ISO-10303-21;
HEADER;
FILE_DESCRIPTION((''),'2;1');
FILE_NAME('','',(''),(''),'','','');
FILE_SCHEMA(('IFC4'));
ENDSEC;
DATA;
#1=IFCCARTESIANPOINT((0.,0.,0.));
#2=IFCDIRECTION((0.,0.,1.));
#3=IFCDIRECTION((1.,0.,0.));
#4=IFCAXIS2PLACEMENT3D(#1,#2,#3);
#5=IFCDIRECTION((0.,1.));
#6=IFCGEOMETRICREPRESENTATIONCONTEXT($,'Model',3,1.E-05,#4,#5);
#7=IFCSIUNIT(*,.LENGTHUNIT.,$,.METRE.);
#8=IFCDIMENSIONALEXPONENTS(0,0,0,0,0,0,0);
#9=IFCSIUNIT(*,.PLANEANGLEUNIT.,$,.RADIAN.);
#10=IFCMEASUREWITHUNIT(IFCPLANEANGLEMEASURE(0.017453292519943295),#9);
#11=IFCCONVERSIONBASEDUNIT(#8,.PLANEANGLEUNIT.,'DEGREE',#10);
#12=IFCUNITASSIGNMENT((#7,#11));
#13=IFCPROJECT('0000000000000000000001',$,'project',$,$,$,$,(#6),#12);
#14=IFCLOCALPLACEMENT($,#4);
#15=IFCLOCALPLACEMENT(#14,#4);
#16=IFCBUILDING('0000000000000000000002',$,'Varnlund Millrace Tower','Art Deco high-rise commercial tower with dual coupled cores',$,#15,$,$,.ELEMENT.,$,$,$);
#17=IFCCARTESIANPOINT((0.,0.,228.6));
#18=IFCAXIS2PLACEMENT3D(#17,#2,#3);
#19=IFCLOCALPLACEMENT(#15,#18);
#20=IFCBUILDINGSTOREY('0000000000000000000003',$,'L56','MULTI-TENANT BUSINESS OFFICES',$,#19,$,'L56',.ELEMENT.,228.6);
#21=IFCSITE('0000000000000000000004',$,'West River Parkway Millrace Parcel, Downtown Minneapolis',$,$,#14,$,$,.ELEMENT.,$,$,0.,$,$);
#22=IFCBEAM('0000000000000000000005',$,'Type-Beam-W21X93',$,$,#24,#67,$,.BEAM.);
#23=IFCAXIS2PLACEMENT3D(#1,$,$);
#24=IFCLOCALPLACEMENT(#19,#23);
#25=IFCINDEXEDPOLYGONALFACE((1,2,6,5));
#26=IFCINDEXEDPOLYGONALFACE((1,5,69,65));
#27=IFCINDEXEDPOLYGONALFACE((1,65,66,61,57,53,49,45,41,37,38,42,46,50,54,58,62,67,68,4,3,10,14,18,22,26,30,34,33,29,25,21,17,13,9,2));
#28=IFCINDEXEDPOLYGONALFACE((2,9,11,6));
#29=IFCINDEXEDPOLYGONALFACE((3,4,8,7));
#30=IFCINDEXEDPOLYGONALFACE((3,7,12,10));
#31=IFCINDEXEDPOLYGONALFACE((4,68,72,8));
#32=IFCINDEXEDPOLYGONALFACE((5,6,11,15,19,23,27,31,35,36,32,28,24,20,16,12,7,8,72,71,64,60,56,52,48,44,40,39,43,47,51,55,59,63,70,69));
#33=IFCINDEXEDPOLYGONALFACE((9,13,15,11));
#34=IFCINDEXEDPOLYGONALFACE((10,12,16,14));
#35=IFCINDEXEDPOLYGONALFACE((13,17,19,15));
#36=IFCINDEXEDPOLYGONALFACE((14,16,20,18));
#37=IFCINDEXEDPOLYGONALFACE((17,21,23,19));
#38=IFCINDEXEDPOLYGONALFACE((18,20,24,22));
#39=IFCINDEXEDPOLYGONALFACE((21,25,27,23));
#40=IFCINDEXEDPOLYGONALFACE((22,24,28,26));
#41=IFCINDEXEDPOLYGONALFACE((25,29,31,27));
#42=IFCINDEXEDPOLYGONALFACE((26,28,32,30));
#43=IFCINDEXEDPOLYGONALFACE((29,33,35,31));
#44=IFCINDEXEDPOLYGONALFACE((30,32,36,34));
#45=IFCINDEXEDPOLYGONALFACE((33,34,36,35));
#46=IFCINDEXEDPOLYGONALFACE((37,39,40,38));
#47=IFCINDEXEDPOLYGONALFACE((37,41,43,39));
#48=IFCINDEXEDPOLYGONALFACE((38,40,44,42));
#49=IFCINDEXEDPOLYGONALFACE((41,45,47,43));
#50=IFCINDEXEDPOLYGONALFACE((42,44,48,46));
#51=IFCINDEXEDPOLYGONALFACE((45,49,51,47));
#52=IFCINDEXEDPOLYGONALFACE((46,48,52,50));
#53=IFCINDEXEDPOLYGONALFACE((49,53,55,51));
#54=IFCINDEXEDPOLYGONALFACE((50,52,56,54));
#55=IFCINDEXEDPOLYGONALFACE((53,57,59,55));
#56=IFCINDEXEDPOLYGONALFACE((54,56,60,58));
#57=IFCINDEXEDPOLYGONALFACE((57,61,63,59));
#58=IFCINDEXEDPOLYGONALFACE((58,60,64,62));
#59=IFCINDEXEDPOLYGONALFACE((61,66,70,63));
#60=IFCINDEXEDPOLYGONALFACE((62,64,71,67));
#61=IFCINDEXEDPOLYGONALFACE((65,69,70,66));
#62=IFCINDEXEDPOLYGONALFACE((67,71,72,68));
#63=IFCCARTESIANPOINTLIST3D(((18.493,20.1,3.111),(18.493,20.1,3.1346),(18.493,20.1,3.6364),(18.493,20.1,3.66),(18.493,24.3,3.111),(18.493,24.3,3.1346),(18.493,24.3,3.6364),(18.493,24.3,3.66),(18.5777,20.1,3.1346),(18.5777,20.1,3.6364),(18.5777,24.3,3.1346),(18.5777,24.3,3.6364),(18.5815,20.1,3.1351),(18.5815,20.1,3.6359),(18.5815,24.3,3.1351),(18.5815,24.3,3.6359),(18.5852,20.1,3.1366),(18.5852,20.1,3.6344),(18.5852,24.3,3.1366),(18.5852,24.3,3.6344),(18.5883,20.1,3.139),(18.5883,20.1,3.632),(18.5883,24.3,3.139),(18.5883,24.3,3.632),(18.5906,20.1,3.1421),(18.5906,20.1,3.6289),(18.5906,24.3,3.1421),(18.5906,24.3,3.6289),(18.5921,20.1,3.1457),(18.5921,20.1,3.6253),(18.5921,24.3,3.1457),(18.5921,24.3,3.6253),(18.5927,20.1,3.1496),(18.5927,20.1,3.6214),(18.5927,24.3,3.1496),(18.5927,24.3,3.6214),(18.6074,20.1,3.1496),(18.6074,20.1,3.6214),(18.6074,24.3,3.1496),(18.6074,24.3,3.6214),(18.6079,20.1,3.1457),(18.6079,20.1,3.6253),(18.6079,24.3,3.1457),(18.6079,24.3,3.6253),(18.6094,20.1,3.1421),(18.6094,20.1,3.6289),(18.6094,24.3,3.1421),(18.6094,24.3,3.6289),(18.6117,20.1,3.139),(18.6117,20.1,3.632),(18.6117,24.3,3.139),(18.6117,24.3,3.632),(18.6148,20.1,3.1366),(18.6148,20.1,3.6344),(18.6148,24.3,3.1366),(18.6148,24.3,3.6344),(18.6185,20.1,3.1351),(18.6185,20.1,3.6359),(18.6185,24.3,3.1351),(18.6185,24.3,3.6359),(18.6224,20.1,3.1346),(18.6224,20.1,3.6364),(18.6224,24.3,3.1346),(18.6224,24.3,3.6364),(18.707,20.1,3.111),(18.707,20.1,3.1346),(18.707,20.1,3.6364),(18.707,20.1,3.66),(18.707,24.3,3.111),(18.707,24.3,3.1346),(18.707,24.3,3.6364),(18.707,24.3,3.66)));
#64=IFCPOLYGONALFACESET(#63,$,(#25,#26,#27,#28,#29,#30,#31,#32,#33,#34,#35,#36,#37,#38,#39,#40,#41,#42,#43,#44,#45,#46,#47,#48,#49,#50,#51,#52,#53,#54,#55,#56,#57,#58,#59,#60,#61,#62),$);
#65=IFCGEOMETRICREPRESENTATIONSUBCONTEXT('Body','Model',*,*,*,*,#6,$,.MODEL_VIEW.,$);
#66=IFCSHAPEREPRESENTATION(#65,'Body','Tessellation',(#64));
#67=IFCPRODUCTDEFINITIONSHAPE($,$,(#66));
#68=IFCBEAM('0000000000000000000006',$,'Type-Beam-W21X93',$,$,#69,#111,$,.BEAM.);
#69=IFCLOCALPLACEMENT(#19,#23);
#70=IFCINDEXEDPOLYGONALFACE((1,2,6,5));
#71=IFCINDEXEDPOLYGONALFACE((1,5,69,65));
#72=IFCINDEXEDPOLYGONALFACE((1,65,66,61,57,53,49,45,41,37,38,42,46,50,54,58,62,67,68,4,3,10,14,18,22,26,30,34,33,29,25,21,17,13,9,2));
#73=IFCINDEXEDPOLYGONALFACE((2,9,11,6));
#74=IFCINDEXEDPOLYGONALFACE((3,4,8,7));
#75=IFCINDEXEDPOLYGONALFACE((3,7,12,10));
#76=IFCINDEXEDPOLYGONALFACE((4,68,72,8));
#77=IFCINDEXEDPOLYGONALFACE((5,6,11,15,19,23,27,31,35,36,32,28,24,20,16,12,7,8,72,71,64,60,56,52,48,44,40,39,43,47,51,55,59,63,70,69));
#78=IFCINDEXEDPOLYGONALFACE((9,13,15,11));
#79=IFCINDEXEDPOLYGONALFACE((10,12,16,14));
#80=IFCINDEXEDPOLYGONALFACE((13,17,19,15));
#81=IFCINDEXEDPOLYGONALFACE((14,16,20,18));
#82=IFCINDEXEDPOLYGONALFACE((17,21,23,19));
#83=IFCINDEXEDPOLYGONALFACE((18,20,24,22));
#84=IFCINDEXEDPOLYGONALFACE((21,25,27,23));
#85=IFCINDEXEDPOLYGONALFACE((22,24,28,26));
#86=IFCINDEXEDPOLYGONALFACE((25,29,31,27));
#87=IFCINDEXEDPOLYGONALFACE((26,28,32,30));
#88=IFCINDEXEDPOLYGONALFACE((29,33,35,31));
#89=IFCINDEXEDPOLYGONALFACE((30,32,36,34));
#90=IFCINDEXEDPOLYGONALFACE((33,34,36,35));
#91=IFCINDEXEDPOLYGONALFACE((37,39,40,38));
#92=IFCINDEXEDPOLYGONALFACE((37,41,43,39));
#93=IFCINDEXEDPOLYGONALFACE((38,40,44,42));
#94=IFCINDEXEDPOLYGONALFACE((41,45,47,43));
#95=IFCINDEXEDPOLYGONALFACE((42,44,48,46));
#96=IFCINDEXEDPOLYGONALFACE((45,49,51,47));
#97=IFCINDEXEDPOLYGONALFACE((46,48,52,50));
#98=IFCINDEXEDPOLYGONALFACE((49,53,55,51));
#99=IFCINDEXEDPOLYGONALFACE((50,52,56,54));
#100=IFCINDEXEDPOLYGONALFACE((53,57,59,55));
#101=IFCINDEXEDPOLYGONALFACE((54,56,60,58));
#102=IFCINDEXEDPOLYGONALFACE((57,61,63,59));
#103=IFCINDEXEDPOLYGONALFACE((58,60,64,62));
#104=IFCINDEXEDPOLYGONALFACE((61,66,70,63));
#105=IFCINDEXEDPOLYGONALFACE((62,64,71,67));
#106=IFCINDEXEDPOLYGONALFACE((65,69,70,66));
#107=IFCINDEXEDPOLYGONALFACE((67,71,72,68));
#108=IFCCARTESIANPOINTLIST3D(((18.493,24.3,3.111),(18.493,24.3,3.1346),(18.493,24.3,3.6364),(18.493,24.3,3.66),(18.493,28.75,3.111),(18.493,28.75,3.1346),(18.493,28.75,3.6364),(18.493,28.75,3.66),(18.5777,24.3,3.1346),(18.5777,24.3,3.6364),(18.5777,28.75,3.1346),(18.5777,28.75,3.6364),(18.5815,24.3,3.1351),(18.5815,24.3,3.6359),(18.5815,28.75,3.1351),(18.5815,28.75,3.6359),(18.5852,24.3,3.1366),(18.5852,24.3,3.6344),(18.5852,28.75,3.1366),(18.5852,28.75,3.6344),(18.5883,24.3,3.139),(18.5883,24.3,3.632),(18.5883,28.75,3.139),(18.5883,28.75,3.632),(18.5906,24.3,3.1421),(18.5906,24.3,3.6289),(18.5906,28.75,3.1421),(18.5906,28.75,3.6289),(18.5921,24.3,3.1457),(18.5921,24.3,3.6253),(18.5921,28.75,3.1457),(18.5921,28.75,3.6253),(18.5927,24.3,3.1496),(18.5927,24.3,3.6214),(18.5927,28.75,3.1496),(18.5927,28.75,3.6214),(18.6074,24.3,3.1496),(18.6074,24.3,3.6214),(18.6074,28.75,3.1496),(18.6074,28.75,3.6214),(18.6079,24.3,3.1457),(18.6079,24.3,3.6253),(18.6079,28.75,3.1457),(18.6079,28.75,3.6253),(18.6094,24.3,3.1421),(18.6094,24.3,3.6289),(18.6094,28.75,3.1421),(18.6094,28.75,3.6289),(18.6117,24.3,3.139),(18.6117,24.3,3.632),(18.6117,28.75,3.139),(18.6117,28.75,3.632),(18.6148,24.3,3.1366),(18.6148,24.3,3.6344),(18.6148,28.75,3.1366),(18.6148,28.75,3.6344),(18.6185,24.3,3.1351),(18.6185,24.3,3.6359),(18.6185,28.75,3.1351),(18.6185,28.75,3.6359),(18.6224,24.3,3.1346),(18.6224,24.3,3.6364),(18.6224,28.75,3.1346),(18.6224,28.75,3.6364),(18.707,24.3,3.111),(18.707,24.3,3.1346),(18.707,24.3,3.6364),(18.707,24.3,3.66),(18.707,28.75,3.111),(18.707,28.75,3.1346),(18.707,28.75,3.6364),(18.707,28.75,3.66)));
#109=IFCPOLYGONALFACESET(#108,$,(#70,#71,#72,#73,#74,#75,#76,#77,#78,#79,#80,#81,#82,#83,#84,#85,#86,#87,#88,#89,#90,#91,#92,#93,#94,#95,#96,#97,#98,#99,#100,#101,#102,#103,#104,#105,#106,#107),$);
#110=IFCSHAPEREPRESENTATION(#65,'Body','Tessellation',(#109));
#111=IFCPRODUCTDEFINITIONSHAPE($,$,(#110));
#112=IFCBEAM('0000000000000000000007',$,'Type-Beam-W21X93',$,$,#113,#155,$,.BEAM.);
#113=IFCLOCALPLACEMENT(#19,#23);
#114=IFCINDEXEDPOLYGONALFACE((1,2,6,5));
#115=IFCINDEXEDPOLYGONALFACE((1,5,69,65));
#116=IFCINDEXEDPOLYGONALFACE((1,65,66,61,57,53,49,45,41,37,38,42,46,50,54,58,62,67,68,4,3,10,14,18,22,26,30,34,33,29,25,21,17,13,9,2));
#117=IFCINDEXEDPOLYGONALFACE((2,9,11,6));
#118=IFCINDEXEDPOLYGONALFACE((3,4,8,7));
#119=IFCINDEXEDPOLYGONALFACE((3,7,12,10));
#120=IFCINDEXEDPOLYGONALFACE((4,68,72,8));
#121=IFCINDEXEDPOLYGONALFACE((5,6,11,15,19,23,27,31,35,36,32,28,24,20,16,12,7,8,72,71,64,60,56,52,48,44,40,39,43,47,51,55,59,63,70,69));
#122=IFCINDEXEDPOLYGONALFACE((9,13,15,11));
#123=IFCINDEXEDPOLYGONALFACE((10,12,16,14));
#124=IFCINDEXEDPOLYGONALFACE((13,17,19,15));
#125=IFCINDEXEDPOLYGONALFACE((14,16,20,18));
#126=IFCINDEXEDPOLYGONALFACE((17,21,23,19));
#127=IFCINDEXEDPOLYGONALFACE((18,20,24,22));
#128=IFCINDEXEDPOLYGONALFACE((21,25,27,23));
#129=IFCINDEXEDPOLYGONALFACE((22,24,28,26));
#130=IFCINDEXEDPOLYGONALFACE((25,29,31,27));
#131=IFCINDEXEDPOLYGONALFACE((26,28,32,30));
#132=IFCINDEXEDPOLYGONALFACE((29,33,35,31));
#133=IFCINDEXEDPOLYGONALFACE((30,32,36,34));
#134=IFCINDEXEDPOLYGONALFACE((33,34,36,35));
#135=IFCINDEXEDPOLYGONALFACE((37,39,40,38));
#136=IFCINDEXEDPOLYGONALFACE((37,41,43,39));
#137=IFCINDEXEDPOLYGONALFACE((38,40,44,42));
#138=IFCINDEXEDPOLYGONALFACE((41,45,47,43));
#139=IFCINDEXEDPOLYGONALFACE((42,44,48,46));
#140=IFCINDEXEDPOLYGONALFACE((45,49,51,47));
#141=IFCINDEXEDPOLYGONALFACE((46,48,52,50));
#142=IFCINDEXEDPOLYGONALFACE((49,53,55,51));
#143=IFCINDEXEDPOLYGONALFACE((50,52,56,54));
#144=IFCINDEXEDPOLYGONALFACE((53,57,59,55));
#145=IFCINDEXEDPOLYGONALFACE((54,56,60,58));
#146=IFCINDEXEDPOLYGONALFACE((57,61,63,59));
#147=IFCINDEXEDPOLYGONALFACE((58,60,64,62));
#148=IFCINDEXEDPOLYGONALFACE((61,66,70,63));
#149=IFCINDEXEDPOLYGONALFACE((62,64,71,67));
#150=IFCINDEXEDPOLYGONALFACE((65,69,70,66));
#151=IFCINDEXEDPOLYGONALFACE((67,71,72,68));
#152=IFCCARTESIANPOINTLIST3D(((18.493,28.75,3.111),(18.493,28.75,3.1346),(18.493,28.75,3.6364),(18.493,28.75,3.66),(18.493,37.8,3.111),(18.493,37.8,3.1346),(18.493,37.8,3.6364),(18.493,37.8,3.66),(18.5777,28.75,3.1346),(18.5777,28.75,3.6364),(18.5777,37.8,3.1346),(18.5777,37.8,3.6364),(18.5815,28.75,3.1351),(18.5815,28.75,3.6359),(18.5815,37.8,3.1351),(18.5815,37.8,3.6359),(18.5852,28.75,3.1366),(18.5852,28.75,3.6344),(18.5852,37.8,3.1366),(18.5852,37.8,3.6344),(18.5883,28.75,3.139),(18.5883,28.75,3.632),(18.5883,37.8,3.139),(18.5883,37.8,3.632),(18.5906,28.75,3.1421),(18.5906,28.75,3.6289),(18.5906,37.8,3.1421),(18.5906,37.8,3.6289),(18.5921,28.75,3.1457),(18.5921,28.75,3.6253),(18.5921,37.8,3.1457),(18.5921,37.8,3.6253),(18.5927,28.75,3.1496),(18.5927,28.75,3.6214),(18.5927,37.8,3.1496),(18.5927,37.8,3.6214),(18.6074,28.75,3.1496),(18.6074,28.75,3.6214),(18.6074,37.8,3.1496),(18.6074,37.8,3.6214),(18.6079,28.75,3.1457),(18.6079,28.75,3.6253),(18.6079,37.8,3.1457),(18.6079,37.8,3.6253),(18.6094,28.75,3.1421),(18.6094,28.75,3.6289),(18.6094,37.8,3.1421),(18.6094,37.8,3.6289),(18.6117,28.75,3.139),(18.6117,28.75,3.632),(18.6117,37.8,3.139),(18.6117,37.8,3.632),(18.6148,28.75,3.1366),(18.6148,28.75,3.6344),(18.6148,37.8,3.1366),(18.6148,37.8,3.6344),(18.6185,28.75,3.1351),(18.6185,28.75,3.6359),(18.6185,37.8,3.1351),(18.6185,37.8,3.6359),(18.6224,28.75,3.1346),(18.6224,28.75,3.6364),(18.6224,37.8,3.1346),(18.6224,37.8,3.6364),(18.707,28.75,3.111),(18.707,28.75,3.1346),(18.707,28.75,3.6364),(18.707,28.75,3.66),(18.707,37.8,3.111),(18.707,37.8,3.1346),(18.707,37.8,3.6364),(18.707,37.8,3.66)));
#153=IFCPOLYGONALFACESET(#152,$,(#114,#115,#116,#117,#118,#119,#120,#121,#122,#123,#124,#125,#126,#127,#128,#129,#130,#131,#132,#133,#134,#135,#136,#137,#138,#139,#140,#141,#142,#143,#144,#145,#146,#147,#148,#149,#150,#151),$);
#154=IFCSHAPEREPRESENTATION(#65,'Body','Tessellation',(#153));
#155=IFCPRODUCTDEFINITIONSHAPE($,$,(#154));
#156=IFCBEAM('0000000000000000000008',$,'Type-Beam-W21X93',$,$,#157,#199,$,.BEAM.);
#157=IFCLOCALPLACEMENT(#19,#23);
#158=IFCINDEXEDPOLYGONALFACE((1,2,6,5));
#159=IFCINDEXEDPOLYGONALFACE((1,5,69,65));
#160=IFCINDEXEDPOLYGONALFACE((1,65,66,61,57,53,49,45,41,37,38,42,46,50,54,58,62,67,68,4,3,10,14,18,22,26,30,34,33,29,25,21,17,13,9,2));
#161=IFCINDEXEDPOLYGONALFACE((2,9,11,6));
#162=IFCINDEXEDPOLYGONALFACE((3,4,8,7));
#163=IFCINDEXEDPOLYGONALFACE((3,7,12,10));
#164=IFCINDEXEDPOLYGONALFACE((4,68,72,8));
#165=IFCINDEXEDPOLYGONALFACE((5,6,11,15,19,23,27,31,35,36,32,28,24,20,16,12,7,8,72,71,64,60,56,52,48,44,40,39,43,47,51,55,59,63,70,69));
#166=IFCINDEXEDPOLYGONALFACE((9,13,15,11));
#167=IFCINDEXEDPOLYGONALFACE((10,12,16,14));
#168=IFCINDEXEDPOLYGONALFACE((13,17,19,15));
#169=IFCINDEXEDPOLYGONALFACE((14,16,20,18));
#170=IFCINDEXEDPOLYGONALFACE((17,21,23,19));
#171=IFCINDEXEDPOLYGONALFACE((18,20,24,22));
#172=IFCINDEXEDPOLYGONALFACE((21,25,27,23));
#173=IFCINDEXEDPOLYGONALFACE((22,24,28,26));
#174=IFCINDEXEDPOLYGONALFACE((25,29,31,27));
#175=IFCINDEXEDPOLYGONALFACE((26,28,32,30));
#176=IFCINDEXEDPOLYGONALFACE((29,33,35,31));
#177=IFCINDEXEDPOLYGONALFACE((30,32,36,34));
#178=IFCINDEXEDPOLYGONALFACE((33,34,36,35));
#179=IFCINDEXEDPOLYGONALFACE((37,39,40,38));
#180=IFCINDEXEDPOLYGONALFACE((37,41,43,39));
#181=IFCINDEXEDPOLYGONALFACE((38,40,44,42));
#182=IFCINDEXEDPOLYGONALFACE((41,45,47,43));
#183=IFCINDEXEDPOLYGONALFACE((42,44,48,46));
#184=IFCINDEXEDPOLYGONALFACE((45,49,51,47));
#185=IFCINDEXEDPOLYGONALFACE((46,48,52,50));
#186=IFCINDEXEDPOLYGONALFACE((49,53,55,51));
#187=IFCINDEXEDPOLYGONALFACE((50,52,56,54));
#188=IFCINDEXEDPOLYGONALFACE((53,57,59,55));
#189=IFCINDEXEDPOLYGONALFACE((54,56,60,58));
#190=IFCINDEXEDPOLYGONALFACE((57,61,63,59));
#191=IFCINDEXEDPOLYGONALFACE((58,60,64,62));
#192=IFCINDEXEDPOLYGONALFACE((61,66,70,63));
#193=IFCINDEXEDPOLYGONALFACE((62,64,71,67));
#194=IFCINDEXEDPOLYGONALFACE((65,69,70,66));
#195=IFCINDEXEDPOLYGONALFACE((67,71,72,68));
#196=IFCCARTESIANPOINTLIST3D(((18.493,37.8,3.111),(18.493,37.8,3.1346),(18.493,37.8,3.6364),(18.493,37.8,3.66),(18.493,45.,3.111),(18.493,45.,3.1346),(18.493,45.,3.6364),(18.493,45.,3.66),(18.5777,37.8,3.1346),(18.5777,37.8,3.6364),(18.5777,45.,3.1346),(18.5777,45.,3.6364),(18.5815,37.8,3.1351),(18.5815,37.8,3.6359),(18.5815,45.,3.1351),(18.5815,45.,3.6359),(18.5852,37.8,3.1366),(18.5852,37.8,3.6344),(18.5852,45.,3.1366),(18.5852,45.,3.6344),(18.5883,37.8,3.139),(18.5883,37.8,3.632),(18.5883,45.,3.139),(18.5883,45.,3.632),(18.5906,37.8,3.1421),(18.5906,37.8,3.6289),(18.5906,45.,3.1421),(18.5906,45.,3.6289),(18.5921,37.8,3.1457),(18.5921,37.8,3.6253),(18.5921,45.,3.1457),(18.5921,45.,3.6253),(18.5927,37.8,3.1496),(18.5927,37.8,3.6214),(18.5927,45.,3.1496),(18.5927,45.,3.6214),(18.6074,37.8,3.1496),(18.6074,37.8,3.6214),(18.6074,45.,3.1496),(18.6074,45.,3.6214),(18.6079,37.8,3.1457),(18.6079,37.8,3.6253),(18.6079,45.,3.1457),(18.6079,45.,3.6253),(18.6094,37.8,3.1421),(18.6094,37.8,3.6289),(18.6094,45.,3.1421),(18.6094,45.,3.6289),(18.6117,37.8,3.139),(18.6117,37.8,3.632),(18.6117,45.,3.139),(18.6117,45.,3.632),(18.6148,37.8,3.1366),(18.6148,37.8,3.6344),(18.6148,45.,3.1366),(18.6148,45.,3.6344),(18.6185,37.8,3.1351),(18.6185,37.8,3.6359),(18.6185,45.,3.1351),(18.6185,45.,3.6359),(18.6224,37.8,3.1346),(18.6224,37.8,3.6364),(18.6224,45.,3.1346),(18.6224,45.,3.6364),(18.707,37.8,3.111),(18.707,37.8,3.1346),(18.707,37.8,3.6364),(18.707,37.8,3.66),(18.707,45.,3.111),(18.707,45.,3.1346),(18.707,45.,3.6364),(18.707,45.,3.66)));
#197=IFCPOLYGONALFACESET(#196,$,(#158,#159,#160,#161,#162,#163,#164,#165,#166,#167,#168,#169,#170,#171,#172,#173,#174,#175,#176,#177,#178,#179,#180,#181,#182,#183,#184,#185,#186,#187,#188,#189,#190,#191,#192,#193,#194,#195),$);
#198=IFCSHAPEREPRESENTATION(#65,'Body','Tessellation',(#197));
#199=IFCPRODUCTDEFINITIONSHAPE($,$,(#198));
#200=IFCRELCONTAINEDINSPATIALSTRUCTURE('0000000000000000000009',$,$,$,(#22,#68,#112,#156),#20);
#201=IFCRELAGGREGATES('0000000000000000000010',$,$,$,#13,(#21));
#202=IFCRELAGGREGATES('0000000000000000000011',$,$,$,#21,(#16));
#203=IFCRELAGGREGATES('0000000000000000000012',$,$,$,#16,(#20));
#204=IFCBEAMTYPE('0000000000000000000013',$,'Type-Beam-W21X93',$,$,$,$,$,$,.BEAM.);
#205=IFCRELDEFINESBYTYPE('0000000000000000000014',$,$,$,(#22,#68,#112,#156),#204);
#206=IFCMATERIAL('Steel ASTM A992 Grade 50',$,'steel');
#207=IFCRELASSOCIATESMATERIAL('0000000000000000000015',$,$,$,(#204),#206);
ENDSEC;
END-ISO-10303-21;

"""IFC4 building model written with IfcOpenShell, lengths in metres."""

from ifc_helpers import new_model, entity, si_unit, converted_unit, direction, frame, origin_with_axes, origin_2d_with_axis, place, context, subcontext, project, spatial, i_section, extrude, material, material_profile, profile_set, type_object, element, save


model = new_model("IFC4")

# Units and contexts
model_context = context("Model", 3, precision=1e-05, world=origin_with_axes(), true_north=direction((0.0, 1.0)))
body_context = subcontext(model_context, "Body", "Model", "MODEL_VIEW")
ifc_project = project(units=[si_unit("LENGTHUNIT", "METRE"), converted_unit("PLANEANGLEUNIT", "DEGREE", entity("IfcPlaneAngleMeasure", 0.017453292519943295), si_unit("PLANEANGLEUNIT", "RADIAN"), dimensions=[0, 0, 0, 0, 0, 0, 0])], contexts=[model_context])

# Site, building, storey
site_placement = place(None, origin_with_axes())
site = spatial("IfcSite", under=ifc_project, at=site_placement, Name="West River Parkway Millrace Parcel, Downtown Minneapolis", CompositionType="ELEMENT", RefElevation=0.0)
building_placement = place(site_placement, origin_with_axes())
building = spatial("IfcBuilding", under=site, at=building_placement, Name="Varnlund Millrace Tower", Description="Art Deco high-rise commercial tower with dual coupled cores", CompositionType="ELEMENT")
storey_placement = place(building_placement, frame((0.0, 0.0, 228.6), z_axis=(0.0, 0.0, 1.0), x_axis=(1.0, 0.0, 0.0)))
storey = spatial("IfcBuildingStorey", under=building, at=storey_placement, Name="L56", Description="MULTI-TENANT BUSINESS OFFICES", LongName="L56", CompositionType="ELEMENT", Elevation=228.6)

# Beams
ifc_material_1 = material(Name="Steel ASTM A992 Grade 50", Category="steel")
ifc_material_profile_1 = material_profile(ifc_material_1, i_section(OverallWidth=0.214, OverallDepth=0.549, WebThickness=0.0147, FlangeThickness=0.0236, FilletRadius=0.015, at=origin_2d_with_axis()), Name="Steel ASTM A992 Grade 50")
ifc_profile_set_1 = profile_set([ifc_material_profile_1], Name="Steel ASTM A992 Grade 50")
beam_type_1 = type_object("IfcBeamType", Name="Type-Beam-W21X93", PredefinedType="BEAM", material=ifc_profile_set_1)
beam_1_placement = place(storey_placement, frame((18.6, 20.1, 3.3855), z_axis=(0.0, 1.0, 0.0), x_axis=(-1.0, 0.0, 0.0)))
element("IfcBeam", 1, at=beam_1_placement, inside=storey, type_object=beam_type_1, Name="Type-Beam-W21X93", PredefinedType="BEAM", context=body_context, shape_type="SweptSolid", body=[
    extrude(i_section(OverallWidth=0.214, OverallDepth=0.549, WebThickness=0.0147, FlangeThickness=0.0236, FilletRadius=0.015, at=origin_2d_with_axis()), origin_with_axes(), (0.0, 0.0, 1.0), 4.2),
])
beam_2_placement = place(storey_placement, frame((18.6, 24.3, 3.3855), z_axis=(0.0, 1.0, 0.0), x_axis=(-1.0, 0.0, 0.0)))
element("IfcBeam", 2, at=beam_2_placement, inside=storey, type_object=beam_type_1, Name="Type-Beam-W21X93", PredefinedType="BEAM", context=body_context, shape_type="SweptSolid", body=[
    extrude(i_section(OverallWidth=0.214, OverallDepth=0.549, WebThickness=0.0147, FlangeThickness=0.0236, FilletRadius=0.015, at=origin_2d_with_axis()), origin_with_axes(), (0.0, 0.0, 1.0), 4.45),
])
beam_3_placement = place(storey_placement, frame((18.6, 28.75, 3.3855), z_axis=(0.0, 1.0, 0.0), x_axis=(-1.0, 0.0, 0.0)))
element("IfcBeam", 3, at=beam_3_placement, inside=storey, type_object=beam_type_1, Name="Type-Beam-W21X93", PredefinedType="BEAM", context=body_context, shape_type="SweptSolid", body=[
    extrude(i_section(OverallWidth=0.214, OverallDepth=0.549, WebThickness=0.0147, FlangeThickness=0.0236, FilletRadius=0.015, at=origin_2d_with_axis()), origin_with_axes(), (0.0, 0.0, 1.0), 9.05),
])
beam_4_placement = place(storey_placement, frame((18.6, 37.8, 3.3855), z_axis=(0.0, 1.0, 0.0), x_axis=(-1.0, 0.0, 0.0)))
element("IfcBeam", 4, at=beam_4_placement, inside=storey, type_object=beam_type_1, Name="Type-Beam-W21X93", PredefinedType="BEAM", context=body_context, shape_type="SweptSolid", body=[
    extrude(i_section(OverallWidth=0.214, OverallDepth=0.549, WebThickness=0.0147, FlangeThickness=0.0236, FilletRadius=0.015, at=origin_2d_with_axis()), origin_with_axes(), (0.0, 0.0, 1.0), 7.2),
])

save(model, "model.ifc")
